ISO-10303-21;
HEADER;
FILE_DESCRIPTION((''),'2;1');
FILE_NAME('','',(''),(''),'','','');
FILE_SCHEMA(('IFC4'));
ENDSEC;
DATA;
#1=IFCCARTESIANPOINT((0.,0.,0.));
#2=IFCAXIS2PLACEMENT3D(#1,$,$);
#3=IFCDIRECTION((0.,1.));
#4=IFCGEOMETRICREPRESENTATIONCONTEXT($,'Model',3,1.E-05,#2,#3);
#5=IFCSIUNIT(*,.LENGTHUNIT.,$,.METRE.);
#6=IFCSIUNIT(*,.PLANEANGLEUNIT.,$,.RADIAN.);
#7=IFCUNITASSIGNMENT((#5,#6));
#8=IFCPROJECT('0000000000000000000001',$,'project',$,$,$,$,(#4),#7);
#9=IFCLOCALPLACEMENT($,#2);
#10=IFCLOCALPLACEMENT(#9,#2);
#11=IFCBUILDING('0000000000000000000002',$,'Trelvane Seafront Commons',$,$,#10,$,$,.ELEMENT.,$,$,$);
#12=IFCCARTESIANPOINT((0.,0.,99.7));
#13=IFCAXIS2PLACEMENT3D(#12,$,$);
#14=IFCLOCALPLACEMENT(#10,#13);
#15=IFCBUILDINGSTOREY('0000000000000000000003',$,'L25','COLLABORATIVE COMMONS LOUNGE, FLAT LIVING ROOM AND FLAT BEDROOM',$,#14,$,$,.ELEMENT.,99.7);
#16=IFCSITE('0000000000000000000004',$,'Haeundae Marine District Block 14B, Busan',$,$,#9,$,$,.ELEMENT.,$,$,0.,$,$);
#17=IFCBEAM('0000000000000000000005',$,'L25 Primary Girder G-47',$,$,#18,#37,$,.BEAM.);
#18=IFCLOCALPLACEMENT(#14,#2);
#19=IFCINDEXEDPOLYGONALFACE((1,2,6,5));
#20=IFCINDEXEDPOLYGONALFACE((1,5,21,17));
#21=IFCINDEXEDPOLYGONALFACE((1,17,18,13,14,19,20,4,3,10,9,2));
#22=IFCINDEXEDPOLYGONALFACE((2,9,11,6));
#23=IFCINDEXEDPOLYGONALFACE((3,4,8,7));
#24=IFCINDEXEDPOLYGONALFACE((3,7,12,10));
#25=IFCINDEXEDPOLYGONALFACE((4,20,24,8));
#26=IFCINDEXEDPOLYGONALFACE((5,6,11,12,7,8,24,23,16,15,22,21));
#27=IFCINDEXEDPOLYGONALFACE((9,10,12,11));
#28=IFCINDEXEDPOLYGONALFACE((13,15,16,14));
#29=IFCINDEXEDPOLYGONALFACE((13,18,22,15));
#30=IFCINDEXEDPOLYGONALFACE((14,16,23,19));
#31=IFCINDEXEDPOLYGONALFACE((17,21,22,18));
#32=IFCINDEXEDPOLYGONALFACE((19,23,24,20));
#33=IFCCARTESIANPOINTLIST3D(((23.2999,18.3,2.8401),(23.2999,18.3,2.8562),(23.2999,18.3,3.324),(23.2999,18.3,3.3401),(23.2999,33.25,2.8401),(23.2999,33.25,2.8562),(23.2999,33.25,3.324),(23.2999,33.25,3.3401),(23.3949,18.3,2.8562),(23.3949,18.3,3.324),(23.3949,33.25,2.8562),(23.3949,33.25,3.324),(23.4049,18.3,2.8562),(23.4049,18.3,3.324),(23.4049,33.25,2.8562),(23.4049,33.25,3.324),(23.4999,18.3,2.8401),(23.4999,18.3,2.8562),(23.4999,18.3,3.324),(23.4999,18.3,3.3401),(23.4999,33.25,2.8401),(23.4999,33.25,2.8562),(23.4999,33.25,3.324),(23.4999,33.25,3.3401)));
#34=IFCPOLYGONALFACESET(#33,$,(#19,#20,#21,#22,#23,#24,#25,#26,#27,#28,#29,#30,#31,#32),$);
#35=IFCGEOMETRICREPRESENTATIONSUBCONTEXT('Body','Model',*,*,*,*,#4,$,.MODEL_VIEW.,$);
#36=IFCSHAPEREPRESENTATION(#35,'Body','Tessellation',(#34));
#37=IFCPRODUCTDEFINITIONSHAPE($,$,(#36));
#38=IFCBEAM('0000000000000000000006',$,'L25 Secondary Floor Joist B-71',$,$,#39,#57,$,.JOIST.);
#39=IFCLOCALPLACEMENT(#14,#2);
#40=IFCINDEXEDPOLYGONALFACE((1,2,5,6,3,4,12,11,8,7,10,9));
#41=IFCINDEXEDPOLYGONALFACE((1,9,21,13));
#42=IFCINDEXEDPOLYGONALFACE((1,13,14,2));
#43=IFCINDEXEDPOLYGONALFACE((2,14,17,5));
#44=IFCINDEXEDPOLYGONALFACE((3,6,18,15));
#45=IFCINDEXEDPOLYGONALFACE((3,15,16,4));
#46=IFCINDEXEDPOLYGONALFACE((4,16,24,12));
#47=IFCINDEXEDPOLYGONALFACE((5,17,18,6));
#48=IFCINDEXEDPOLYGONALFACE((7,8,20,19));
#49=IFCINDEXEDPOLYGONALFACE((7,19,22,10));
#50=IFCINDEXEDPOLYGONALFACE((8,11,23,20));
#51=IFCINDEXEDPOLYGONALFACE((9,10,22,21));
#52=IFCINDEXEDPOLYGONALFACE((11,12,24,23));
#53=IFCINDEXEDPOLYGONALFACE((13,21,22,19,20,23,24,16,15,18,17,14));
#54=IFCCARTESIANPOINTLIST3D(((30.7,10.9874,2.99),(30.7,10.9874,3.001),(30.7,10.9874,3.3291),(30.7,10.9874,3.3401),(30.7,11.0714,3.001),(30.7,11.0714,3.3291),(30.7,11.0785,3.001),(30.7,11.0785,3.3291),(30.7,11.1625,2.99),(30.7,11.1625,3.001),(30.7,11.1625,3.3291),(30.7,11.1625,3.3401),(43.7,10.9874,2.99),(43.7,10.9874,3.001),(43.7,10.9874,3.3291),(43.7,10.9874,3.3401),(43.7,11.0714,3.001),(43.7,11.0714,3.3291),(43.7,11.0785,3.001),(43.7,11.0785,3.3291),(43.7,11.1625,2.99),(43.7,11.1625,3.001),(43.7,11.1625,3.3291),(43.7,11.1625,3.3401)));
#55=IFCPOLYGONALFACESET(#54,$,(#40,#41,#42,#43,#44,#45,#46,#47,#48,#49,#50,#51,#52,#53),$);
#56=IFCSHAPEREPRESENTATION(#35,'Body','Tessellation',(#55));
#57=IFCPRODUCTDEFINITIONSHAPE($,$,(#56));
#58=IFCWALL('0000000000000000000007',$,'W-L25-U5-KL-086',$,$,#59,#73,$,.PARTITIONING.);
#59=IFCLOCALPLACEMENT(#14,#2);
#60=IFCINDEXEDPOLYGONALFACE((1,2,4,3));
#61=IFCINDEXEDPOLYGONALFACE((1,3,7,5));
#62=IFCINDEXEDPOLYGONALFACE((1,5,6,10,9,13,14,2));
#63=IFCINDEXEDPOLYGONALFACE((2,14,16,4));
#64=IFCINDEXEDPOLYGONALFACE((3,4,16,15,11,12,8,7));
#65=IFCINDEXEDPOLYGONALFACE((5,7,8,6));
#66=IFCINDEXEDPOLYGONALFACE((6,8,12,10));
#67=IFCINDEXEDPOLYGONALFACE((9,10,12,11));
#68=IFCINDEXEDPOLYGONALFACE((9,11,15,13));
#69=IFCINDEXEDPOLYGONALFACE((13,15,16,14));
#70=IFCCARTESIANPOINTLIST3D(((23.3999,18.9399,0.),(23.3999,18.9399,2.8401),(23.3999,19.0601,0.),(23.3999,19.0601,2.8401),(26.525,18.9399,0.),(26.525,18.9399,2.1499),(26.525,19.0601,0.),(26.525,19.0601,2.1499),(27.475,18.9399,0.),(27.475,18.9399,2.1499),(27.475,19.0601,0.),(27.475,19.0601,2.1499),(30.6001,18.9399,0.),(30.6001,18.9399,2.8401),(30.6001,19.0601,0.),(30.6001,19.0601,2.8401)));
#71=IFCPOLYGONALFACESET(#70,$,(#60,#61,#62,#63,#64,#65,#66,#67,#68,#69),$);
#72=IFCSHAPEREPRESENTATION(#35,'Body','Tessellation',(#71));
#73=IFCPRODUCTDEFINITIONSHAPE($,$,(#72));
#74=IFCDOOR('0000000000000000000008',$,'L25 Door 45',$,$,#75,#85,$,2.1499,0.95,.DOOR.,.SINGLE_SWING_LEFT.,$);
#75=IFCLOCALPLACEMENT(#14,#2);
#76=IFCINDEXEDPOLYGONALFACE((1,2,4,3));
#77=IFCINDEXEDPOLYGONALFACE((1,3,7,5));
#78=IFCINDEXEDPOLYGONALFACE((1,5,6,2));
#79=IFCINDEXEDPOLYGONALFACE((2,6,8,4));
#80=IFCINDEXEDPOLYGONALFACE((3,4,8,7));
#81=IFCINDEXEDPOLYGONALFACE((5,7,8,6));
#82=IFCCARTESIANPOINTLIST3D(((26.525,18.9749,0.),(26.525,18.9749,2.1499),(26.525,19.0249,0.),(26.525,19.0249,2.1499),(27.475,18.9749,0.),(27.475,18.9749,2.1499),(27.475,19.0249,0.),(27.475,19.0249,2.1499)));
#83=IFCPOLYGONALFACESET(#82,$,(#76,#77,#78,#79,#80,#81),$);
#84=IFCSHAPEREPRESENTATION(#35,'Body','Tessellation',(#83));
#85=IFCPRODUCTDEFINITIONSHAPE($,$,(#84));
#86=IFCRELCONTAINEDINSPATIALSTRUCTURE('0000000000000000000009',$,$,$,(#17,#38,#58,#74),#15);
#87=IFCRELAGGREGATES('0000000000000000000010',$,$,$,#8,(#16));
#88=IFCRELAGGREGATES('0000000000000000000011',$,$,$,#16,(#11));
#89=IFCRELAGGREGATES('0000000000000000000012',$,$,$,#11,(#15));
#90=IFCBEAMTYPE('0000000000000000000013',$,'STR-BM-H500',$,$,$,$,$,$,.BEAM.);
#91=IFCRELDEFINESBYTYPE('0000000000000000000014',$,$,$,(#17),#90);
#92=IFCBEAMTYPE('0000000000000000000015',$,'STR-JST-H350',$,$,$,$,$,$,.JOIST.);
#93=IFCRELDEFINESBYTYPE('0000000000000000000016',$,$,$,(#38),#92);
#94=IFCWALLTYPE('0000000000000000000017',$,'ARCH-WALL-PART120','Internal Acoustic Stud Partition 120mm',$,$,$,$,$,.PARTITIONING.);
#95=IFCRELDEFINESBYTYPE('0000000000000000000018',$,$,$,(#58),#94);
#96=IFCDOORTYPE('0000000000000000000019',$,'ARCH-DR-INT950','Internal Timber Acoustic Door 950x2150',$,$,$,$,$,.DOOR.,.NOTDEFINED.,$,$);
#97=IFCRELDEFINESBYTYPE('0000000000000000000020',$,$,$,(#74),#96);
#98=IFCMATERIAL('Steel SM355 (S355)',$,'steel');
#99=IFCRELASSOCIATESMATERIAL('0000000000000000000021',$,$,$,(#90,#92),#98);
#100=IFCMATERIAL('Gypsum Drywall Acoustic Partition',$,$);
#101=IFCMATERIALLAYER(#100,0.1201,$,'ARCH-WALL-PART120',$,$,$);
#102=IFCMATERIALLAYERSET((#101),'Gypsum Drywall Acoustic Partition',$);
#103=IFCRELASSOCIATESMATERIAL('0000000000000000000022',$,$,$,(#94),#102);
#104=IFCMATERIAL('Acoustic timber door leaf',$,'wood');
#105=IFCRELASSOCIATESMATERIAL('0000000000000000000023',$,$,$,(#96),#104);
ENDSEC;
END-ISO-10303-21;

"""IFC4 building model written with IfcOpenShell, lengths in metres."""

from ifc_helpers import new_model, si_unit, direction, frame, frame_2d, origin, origin_2d, place, context, subcontext, project, spatial, rectangle, i_section, extrude, source, transform, mapped, material, layer, layer_set, material_profile, profile_set, type_object, element, fill, save


model = new_model("IFC4")

# Units and contexts
model_context = context("Model", 3, precision=1e-05, world=origin(), true_north=direction((0.0, 1.0)))
body_context = subcontext(model_context, "Body", "Model", "MODEL_VIEW")
ifc_project = project(units=[si_unit("LENGTHUNIT", "METRE"), si_unit("PLANEANGLEUNIT", "RADIAN")], contexts=[model_context])

# Site, building, storey
site_placement = place(None, origin())
site = spatial("IfcSite", under=ifc_project, at=site_placement, Name="Haeundae Marine District Block 14B, Busan", CompositionType="ELEMENT", RefElevation=0.0)
building_placement = place(site_placement, origin())
building = spatial("IfcBuilding", under=site, at=building_placement, Name="Trelvane Seafront Commons", CompositionType="ELEMENT")
storey_placement = place(building_placement, frame((0.0, 0.0, 99.7)))
storey = spatial("IfcBuildingStorey", under=building, at=storey_placement, Name="L25", Description="COLLABORATIVE COMMONS LOUNGE, FLAT LIVING ROOM AND FLAT BEDROOM", CompositionType="ELEMENT", Elevation=99.7)

# Shared definitions
ifc_material_1 = material(Name="Steel SM355 (S355)", Category="steel")

# Beams
ifc_material_profile_1 = material_profile(ifc_material_1, i_section(OverallWidth=0.2, OverallDepth=0.5, WebThickness=0.01, FlangeThickness=0.0161, at=origin_2d()), Name="H-500x200x10x16")
ifc_profile_set_1 = profile_set([ifc_material_profile_1], Name="Steel SM355 (S355)")
beam_type_1 = type_object("IfcBeamType", Name="STR-BM-H500", PredefinedType="BEAM", material=ifc_profile_set_1)
shared_shape_1 = source(origin(), body_context, "Body", "SweptSolid", [
    extrude(i_section(OverallWidth=0.2, OverallDepth=0.5, WebThickness=0.01, FlangeThickness=0.0161, at=origin_2d()), origin(), (0.0, 0.0, 1.0), 14.95),
])
beam_1_placement = place(storey_placement, frame((23.3999, 18.3, 3.0901), z_axis=(0.0, 1.0, 0.0), x_axis=(-1.0, 0.0, 0.0)))
element("IfcBeam", 1, at=beam_1_placement, inside=storey, type_object=beam_type_1, Name="L25 Primary Girder G-47", PredefinedType="BEAM", context=body_context, shape_type="MappedRepresentation", body=[
    mapped(shared_shape_1, transform((0.0, 0.0, 0.0), x_axis=(1.0, 0.0, 0.0), y_axis=(0.0, 1.0, 0.0), z_axis=(0.0, 0.0, 1.0), scale=1.0)),
])
ifc_material_profile_2 = material_profile(ifc_material_1, i_section(OverallWidth=0.175, OverallDepth=0.3501, WebThickness=0.0071, FlangeThickness=0.011, at=origin_2d()), Name="H-350x175x7x11")
ifc_profile_set_2 = profile_set([ifc_material_profile_2], Name="Steel SM355 (S355)")
beam_type_2 = type_object("IfcBeamType", Name="STR-JST-H350", PredefinedType="JOIST", material=ifc_profile_set_2)
shared_shape_2 = source(origin(), body_context, "Body", "SweptSolid", [
    extrude(i_section(OverallWidth=0.175, OverallDepth=0.3501, WebThickness=0.0071, FlangeThickness=0.011, at=origin_2d()), origin(), (0.0, 0.0, 1.0), 13.0),
])
beam_2_placement = place(storey_placement, frame((30.7, 11.075, 3.165), z_axis=(1.0, 0.0, 0.0), x_axis=(0.0, 1.0, 0.0)))
element("IfcBeam", 2, at=beam_2_placement, inside=storey, type_object=beam_type_2, Name="L25 Secondary Floor Joist B-71", PredefinedType="JOIST", context=body_context, shape_type="MappedRepresentation", body=[
    mapped(shared_shape_2, transform((0.0, 0.0, 0.0), x_axis=(1.0, 0.0, 0.0), y_axis=(0.0, 1.0, 0.0), z_axis=(0.0, 0.0, 1.0), scale=1.0)),
])

# Wall, opening, door
ifc_material_2 = material(Name="Gypsum Drywall Acoustic Partition")
ifc_layer = layer(ifc_material_2, 0.1201, Name="ARCH-WALL-PART120")
ifc_layer_set = layer_set([ifc_layer], Name="Gypsum Drywall Acoustic Partition")
wall_type = type_object("IfcWallType", Name="ARCH-WALL-PART120", Description="Internal Acoustic Stud Partition 120mm", PredefinedType="PARTITIONING", material=ifc_layer_set)
ifc_material_3 = material(Name="Acoustic timber door leaf", Category="wood")
door_type = type_object("IfcDoorType", Name="ARCH-DR-INT950", Description="Internal Timber Acoustic Door 950x2150", OperationType="NOTDEFINED", PredefinedType="DOOR", material=ifc_material_3)
shared_shape_3 = source(origin(), body_context, "Body", "SweptSolid", [
    extrude(rectangle(XDim=0.95, YDim=2.1499, at=frame_2d((0.4751, 1.075))), frame((0.0, 0.0249, 0.0), z_axis=(0.0, -1.0, 0.0), x_axis=(1.0, 0.0, 0.0)), (0.0, 0.0, 1.0), 0.05),
])
wall_1_placement = place(storey_placement, frame((23.3999, 19.0, 0.0), z_axis=(0.0, 0.0, 1.0), x_axis=(1.0, 0.0, 0.0)))
wall_1 = element("IfcWall", 3, at=wall_1_placement, inside=storey, type_object=wall_type, Name="W-L25-U5-KL-086", PredefinedType="PARTITIONING", context=body_context, shape_type="SweptSolid", body=[
    extrude(rectangle(XDim=7.2002, YDim=0.1201, at=frame_2d((3.6001, 0.0))), origin(), (0.0, 0.0, 1.0), 2.8401),
])
opening_1_placement = place(wall_1_placement, frame((3.125, 0.0, 0.0)))
opening_1 = element("IfcOpeningElement", 4, at=opening_1_placement, cuts=wall_1, PredefinedType="OPENING", context=body_context, shape_type="SweptSolid", body=[
    extrude(rectangle(XDim=0.95, YDim=2.1499, at=frame_2d((0.4751, 1.075))), frame((0.0, 0.0701, 0.0), z_axis=(0.0, -1.0, 0.0), x_axis=(1.0, 0.0, 0.0)), (0.0, 0.0, 1.0), 0.1401),
])
door_1_placement = place(opening_1_placement, origin())
door_1 = element("IfcDoor", 5, at=door_1_placement, inside=storey, type_object=door_type, Name="L25 Door 45", OperationType="SINGLE_SWING_LEFT", OverallHeight=2.1499, OverallWidth=0.95, PredefinedType="DOOR", context=body_context, shape_type="MappedRepresentation", body=[
    mapped(shared_shape_3, transform((0.0, 0.0, 0.0), x_axis=(1.0, 0.0, 0.0), y_axis=(0.0, 1.0, 0.0), z_axis=(0.0, 0.0, 1.0), scale=1.0)),
])
fill(opening_1, door_1)

save(model, "model.ifc")
